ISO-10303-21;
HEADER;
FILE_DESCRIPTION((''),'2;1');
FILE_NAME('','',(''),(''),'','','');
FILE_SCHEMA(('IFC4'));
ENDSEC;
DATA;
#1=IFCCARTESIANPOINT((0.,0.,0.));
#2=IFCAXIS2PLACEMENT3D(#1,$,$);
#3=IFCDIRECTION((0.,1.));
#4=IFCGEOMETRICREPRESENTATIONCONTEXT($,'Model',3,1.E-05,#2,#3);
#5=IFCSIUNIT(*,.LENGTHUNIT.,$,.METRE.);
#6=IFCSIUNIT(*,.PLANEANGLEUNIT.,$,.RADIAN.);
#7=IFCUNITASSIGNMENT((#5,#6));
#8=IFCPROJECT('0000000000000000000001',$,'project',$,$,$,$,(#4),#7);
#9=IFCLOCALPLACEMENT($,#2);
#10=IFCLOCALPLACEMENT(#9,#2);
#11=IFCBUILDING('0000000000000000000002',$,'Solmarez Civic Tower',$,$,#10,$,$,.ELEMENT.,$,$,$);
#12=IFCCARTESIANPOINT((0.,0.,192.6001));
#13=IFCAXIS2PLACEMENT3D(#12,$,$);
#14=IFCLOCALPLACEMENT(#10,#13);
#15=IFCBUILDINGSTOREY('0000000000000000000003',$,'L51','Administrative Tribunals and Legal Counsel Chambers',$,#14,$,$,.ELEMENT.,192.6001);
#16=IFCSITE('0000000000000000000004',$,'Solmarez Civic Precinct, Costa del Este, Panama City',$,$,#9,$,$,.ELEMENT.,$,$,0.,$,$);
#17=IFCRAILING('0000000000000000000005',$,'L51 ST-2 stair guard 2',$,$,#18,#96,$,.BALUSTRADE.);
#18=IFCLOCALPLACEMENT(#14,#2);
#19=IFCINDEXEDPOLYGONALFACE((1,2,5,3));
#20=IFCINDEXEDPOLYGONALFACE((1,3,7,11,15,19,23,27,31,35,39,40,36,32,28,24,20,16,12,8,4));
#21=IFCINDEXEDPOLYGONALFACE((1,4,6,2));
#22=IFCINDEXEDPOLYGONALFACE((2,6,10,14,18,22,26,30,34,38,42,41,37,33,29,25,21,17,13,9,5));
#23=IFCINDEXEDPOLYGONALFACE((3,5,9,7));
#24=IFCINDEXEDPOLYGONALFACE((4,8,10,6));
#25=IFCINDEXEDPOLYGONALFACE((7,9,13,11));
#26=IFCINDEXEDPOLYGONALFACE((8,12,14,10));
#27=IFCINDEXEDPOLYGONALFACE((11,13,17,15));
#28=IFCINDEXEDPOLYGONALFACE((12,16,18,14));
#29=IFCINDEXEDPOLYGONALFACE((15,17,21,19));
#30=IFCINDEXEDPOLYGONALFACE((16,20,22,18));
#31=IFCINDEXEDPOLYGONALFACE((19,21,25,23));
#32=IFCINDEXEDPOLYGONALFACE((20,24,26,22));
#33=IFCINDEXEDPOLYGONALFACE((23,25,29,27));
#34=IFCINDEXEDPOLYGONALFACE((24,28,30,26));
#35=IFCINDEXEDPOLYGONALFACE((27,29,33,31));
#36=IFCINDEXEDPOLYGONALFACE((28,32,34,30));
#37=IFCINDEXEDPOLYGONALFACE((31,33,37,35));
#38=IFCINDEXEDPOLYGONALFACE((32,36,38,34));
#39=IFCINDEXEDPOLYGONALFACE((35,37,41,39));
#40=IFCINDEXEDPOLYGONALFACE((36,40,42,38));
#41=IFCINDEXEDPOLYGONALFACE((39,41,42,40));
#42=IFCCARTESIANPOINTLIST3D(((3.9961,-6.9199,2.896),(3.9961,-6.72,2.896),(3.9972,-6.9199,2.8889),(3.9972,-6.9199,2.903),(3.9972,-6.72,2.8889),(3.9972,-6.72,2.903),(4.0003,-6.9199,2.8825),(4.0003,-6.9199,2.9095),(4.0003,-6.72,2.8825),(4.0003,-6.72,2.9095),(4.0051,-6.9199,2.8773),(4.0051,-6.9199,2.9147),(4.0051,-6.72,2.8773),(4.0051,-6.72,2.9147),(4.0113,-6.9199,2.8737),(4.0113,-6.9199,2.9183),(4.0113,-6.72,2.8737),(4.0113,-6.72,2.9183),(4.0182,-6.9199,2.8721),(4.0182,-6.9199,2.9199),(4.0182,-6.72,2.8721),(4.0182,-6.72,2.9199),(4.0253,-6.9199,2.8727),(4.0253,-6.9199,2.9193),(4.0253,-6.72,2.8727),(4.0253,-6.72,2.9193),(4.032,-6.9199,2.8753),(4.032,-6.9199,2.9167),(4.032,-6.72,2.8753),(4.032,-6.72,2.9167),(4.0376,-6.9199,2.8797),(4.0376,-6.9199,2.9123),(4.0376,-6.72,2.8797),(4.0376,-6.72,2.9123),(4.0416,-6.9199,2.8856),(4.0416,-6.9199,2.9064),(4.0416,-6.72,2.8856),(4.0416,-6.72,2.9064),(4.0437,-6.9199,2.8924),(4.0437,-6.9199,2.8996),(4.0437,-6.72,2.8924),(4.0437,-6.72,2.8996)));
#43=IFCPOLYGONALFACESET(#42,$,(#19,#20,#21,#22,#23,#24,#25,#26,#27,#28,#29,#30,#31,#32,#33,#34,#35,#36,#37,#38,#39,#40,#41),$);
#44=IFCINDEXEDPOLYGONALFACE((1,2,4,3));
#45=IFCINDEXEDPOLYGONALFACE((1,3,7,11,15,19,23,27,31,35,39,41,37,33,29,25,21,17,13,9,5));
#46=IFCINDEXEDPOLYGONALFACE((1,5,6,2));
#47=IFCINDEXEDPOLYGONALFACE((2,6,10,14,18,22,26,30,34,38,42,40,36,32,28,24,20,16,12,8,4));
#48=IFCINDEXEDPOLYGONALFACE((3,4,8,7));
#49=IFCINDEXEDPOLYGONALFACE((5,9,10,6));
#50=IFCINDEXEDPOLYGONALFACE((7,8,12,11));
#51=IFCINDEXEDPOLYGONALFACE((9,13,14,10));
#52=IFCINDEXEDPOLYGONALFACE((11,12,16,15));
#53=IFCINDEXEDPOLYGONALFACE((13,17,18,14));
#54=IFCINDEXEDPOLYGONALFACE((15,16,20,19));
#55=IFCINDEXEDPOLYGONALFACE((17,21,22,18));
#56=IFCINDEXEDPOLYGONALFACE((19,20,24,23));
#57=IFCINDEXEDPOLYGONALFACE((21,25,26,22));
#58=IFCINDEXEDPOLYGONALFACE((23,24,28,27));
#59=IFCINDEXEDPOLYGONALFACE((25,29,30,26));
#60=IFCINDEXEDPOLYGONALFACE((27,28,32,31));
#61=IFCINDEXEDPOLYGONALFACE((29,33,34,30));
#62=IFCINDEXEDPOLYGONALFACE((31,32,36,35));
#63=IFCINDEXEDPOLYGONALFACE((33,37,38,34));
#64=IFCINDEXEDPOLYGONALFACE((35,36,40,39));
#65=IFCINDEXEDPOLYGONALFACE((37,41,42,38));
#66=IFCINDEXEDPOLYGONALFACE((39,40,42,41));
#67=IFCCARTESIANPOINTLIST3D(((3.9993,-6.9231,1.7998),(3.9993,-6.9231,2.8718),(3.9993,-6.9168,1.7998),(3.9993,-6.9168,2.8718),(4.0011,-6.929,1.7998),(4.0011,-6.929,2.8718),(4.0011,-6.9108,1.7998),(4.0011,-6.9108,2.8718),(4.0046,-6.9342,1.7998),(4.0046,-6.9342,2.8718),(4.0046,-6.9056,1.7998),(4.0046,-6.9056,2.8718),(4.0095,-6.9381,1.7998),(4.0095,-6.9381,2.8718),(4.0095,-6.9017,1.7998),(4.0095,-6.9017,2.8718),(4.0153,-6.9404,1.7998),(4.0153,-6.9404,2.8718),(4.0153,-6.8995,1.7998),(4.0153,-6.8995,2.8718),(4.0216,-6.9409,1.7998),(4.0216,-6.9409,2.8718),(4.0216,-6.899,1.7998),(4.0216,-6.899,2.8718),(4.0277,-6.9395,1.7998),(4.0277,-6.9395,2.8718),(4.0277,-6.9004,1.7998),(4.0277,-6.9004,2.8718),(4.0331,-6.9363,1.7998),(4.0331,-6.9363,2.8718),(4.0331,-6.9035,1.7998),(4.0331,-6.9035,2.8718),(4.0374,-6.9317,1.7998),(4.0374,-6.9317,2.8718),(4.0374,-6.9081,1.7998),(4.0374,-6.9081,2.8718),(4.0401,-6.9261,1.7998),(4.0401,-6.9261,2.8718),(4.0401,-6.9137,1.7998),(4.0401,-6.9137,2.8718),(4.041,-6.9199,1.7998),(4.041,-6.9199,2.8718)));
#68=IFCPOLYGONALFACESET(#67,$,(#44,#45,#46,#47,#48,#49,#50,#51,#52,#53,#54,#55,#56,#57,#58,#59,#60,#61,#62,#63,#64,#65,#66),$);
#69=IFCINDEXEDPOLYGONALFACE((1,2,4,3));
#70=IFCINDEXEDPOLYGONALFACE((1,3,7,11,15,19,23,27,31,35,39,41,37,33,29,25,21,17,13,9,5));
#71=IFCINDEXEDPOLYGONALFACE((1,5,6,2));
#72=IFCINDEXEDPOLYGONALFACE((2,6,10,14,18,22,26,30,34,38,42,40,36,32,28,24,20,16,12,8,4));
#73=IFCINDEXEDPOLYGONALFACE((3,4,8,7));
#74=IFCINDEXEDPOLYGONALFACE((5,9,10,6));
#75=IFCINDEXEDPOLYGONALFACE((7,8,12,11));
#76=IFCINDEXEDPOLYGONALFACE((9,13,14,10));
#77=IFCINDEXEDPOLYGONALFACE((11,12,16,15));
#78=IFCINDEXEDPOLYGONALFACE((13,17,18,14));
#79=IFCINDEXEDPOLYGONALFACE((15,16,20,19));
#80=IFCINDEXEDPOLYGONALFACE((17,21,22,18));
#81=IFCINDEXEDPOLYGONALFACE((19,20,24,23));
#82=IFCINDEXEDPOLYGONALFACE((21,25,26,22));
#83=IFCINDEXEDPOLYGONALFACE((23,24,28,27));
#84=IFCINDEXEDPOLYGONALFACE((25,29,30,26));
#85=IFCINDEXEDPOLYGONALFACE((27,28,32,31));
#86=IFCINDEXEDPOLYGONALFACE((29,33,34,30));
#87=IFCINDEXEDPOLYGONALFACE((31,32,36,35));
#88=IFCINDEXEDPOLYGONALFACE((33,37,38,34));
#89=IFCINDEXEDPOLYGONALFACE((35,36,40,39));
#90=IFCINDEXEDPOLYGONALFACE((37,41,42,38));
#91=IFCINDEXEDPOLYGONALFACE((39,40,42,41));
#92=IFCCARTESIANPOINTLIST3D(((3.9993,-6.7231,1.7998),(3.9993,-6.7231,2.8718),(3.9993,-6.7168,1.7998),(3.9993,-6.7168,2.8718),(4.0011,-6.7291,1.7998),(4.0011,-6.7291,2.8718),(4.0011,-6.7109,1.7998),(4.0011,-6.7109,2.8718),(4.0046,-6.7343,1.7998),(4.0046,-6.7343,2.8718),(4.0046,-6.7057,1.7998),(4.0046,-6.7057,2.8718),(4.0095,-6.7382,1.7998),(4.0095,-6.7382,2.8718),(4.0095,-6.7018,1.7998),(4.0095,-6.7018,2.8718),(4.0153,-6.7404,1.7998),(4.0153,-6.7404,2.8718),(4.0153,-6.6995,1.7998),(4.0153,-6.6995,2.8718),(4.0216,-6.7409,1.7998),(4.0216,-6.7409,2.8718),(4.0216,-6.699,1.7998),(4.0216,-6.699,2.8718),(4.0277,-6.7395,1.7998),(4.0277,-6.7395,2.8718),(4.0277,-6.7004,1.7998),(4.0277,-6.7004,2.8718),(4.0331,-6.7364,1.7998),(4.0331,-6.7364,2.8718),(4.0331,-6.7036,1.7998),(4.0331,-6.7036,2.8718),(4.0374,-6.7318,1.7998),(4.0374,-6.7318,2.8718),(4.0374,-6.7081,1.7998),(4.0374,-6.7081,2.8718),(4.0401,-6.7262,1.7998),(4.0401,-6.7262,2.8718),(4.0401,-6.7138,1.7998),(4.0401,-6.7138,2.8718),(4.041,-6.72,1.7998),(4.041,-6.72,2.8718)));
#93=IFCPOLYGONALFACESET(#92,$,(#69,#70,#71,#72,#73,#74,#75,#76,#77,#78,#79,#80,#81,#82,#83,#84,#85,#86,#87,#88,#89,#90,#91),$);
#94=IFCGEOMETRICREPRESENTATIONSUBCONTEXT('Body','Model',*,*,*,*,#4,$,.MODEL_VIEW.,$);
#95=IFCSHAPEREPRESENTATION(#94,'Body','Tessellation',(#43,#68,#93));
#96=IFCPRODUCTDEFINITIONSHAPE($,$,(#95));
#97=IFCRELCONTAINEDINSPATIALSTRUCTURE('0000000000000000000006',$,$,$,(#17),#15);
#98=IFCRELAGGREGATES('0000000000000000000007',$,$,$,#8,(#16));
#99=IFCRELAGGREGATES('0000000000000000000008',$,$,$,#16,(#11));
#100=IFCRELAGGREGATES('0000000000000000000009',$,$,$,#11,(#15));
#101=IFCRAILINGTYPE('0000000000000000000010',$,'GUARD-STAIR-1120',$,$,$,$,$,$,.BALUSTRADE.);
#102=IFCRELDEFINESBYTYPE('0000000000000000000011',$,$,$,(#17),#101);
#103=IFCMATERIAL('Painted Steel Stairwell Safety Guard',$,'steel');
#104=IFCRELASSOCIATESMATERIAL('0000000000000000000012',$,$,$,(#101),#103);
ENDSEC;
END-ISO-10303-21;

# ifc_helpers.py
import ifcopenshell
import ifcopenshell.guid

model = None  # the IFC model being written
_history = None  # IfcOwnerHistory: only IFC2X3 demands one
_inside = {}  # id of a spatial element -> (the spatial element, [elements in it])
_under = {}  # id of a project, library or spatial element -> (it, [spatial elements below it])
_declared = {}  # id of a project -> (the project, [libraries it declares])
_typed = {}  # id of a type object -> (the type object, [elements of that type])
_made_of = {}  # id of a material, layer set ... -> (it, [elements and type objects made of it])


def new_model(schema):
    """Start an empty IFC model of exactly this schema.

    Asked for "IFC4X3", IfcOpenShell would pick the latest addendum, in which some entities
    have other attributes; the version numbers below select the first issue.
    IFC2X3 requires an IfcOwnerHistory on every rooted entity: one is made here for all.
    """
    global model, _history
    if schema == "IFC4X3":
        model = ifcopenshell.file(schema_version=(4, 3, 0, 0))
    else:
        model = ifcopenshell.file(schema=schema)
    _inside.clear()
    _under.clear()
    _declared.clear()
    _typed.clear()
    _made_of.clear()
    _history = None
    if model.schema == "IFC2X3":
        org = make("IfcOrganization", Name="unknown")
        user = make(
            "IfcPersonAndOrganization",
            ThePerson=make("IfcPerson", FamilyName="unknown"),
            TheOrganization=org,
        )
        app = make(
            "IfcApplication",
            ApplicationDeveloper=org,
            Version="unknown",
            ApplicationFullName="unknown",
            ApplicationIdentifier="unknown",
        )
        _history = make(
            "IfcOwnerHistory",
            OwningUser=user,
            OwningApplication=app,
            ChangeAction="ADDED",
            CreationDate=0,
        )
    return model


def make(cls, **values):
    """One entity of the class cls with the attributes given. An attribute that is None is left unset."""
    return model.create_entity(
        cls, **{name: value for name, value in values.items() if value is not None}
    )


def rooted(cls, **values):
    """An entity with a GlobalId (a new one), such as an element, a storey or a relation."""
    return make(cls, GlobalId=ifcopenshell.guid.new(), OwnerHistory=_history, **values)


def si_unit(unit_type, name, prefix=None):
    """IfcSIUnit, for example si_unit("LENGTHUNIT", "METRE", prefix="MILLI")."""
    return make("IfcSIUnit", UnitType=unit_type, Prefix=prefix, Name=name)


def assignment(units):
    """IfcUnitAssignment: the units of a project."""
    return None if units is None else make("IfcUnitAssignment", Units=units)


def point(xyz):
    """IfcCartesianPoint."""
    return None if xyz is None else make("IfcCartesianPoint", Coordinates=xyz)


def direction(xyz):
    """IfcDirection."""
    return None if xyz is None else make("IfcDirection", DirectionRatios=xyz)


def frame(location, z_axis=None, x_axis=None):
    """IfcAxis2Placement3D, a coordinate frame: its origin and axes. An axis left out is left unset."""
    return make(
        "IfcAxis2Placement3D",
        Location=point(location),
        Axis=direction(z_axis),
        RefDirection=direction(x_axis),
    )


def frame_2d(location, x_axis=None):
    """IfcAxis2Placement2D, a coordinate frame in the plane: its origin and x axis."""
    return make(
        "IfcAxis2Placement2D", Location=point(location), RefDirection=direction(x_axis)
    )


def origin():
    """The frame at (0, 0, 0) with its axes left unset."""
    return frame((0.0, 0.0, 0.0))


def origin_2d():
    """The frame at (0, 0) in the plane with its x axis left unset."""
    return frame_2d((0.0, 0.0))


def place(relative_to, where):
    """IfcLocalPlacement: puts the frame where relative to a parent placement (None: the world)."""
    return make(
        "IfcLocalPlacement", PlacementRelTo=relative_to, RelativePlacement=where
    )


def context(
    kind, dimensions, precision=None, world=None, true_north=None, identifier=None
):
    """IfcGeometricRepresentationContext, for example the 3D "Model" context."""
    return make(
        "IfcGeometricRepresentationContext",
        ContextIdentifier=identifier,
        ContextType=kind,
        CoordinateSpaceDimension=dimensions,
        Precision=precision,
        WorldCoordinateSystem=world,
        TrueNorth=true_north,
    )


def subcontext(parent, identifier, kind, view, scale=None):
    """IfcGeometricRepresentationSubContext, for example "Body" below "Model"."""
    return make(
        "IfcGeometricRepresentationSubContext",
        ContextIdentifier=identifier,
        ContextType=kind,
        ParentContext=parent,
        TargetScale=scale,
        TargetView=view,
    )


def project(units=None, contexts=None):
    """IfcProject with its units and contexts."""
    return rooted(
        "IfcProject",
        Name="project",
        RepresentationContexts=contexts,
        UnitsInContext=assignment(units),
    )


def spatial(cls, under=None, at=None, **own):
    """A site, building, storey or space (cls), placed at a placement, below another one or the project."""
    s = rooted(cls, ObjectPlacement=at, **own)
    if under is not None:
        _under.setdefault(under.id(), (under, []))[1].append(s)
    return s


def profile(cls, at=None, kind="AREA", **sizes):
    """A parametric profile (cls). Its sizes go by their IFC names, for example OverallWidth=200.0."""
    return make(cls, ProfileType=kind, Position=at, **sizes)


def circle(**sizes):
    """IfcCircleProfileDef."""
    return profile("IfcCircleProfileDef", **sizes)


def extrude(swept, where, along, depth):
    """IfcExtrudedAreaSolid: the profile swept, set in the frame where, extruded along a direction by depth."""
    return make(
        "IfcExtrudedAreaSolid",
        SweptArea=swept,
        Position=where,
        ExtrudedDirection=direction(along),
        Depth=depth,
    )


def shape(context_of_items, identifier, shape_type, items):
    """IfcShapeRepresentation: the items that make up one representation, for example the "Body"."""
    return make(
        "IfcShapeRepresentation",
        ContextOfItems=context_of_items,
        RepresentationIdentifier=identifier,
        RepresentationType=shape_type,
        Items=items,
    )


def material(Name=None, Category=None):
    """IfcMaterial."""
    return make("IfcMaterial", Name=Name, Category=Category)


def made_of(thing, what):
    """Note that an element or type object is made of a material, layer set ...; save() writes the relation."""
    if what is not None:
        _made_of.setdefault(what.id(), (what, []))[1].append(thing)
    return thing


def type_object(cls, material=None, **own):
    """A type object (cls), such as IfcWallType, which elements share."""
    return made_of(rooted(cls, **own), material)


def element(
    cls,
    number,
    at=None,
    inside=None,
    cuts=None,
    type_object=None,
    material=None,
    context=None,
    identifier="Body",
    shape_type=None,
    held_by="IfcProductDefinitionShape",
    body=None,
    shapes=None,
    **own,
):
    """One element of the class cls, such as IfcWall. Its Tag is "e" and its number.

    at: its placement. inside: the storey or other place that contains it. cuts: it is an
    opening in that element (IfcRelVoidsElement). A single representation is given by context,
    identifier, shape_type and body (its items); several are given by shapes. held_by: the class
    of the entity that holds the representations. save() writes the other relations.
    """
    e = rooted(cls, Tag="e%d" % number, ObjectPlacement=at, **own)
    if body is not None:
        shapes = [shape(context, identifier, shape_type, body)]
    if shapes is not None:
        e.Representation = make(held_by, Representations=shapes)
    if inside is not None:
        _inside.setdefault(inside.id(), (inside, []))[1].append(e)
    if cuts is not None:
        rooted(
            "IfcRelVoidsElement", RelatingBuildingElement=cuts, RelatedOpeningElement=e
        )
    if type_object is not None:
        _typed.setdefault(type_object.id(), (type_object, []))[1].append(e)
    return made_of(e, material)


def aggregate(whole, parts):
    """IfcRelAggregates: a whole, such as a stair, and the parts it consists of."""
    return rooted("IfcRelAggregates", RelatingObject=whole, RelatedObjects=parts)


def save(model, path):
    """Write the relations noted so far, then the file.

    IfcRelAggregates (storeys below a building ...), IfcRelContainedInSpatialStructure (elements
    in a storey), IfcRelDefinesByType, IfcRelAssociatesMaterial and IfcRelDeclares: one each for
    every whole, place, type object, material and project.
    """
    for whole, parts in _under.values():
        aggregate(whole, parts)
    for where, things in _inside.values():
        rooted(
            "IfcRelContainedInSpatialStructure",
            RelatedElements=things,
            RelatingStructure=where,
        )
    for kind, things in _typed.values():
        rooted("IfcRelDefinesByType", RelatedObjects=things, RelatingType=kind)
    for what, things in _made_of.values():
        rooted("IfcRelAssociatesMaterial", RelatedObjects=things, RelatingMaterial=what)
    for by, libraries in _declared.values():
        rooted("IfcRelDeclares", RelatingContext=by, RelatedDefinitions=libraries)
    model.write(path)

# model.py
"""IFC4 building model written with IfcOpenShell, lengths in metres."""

from ifc_helpers import new_model, si_unit, direction, frame, origin, origin_2d, place, context, subcontext, project, spatial, circle, extrude, material, type_object, element, save


model = new_model("IFC4")

# Units and contexts
model_context = context("Model", 3, precision=1e-05, world=origin(), true_north=direction((0.0, 1.0)))
body_context = subcontext(model_context, "Body", "Model", "MODEL_VIEW")
ifc_project = project(units=[si_unit("LENGTHUNIT", "METRE"), si_unit("PLANEANGLEUNIT", "RADIAN")], contexts=[model_context])

# Site, building, storey
site_placement = place(None, origin())
site = spatial("IfcSite", under=ifc_project, at=site_placement, Name="Solmarez Civic Precinct, Costa del Este, Panama City", CompositionType="ELEMENT", RefElevation=0.0)
building_placement = place(site_placement, origin())
building = spatial("IfcBuilding", under=site, at=building_placement, Name="Solmarez Civic Tower", CompositionType="ELEMENT")
storey_placement = place(building_placement, frame((0.0, 0.0, 192.6001)))
storey = spatial("IfcBuildingStorey", under=building, at=storey_placement, Name="L51", Description="Administrative Tribunals and Legal Counsel Chambers", CompositionType="ELEMENT", Elevation=192.6001)

# Railing
ifc_material_1 = material(Name="Painted Steel Stairwell Safety Guard", Category="steel")
railing_type_1 = type_object("IfcRailingType", Name="GUARD-STAIR-1120", PredefinedType="BALUSTRADE", material=ifc_material_1)
railing_1_placement = place(storey_placement, frame((4.02, -6.9199, 1.7998)))
element("IfcRailing", 1, at=railing_1_placement, inside=storey, type_object=railing_type_1, Name="L51 ST-2 stair guard 2", PredefinedType="BALUSTRADE", context=body_context, shape_type="SweptSolid", body=[
    extrude(circle(Radius=0.0239, at=origin_2d()), frame((0.0, 0.0, 1.0962), z_axis=(0.0, 1.0, 0.0), x_axis=(-1.0, 0.0, 0.0)), (0.0, 0.0, 1.0), 0.2),
    extrude(circle(Radius=0.021, at=origin_2d()), origin(), (0.0, 0.0, 1.0), 1.072),
    extrude(circle(Radius=0.021, at=origin_2d()), frame((0.0, 0.2, 0.0)), (0.0, 0.0, 1.0), 1.072),
])

save(model, "model.ifc")
